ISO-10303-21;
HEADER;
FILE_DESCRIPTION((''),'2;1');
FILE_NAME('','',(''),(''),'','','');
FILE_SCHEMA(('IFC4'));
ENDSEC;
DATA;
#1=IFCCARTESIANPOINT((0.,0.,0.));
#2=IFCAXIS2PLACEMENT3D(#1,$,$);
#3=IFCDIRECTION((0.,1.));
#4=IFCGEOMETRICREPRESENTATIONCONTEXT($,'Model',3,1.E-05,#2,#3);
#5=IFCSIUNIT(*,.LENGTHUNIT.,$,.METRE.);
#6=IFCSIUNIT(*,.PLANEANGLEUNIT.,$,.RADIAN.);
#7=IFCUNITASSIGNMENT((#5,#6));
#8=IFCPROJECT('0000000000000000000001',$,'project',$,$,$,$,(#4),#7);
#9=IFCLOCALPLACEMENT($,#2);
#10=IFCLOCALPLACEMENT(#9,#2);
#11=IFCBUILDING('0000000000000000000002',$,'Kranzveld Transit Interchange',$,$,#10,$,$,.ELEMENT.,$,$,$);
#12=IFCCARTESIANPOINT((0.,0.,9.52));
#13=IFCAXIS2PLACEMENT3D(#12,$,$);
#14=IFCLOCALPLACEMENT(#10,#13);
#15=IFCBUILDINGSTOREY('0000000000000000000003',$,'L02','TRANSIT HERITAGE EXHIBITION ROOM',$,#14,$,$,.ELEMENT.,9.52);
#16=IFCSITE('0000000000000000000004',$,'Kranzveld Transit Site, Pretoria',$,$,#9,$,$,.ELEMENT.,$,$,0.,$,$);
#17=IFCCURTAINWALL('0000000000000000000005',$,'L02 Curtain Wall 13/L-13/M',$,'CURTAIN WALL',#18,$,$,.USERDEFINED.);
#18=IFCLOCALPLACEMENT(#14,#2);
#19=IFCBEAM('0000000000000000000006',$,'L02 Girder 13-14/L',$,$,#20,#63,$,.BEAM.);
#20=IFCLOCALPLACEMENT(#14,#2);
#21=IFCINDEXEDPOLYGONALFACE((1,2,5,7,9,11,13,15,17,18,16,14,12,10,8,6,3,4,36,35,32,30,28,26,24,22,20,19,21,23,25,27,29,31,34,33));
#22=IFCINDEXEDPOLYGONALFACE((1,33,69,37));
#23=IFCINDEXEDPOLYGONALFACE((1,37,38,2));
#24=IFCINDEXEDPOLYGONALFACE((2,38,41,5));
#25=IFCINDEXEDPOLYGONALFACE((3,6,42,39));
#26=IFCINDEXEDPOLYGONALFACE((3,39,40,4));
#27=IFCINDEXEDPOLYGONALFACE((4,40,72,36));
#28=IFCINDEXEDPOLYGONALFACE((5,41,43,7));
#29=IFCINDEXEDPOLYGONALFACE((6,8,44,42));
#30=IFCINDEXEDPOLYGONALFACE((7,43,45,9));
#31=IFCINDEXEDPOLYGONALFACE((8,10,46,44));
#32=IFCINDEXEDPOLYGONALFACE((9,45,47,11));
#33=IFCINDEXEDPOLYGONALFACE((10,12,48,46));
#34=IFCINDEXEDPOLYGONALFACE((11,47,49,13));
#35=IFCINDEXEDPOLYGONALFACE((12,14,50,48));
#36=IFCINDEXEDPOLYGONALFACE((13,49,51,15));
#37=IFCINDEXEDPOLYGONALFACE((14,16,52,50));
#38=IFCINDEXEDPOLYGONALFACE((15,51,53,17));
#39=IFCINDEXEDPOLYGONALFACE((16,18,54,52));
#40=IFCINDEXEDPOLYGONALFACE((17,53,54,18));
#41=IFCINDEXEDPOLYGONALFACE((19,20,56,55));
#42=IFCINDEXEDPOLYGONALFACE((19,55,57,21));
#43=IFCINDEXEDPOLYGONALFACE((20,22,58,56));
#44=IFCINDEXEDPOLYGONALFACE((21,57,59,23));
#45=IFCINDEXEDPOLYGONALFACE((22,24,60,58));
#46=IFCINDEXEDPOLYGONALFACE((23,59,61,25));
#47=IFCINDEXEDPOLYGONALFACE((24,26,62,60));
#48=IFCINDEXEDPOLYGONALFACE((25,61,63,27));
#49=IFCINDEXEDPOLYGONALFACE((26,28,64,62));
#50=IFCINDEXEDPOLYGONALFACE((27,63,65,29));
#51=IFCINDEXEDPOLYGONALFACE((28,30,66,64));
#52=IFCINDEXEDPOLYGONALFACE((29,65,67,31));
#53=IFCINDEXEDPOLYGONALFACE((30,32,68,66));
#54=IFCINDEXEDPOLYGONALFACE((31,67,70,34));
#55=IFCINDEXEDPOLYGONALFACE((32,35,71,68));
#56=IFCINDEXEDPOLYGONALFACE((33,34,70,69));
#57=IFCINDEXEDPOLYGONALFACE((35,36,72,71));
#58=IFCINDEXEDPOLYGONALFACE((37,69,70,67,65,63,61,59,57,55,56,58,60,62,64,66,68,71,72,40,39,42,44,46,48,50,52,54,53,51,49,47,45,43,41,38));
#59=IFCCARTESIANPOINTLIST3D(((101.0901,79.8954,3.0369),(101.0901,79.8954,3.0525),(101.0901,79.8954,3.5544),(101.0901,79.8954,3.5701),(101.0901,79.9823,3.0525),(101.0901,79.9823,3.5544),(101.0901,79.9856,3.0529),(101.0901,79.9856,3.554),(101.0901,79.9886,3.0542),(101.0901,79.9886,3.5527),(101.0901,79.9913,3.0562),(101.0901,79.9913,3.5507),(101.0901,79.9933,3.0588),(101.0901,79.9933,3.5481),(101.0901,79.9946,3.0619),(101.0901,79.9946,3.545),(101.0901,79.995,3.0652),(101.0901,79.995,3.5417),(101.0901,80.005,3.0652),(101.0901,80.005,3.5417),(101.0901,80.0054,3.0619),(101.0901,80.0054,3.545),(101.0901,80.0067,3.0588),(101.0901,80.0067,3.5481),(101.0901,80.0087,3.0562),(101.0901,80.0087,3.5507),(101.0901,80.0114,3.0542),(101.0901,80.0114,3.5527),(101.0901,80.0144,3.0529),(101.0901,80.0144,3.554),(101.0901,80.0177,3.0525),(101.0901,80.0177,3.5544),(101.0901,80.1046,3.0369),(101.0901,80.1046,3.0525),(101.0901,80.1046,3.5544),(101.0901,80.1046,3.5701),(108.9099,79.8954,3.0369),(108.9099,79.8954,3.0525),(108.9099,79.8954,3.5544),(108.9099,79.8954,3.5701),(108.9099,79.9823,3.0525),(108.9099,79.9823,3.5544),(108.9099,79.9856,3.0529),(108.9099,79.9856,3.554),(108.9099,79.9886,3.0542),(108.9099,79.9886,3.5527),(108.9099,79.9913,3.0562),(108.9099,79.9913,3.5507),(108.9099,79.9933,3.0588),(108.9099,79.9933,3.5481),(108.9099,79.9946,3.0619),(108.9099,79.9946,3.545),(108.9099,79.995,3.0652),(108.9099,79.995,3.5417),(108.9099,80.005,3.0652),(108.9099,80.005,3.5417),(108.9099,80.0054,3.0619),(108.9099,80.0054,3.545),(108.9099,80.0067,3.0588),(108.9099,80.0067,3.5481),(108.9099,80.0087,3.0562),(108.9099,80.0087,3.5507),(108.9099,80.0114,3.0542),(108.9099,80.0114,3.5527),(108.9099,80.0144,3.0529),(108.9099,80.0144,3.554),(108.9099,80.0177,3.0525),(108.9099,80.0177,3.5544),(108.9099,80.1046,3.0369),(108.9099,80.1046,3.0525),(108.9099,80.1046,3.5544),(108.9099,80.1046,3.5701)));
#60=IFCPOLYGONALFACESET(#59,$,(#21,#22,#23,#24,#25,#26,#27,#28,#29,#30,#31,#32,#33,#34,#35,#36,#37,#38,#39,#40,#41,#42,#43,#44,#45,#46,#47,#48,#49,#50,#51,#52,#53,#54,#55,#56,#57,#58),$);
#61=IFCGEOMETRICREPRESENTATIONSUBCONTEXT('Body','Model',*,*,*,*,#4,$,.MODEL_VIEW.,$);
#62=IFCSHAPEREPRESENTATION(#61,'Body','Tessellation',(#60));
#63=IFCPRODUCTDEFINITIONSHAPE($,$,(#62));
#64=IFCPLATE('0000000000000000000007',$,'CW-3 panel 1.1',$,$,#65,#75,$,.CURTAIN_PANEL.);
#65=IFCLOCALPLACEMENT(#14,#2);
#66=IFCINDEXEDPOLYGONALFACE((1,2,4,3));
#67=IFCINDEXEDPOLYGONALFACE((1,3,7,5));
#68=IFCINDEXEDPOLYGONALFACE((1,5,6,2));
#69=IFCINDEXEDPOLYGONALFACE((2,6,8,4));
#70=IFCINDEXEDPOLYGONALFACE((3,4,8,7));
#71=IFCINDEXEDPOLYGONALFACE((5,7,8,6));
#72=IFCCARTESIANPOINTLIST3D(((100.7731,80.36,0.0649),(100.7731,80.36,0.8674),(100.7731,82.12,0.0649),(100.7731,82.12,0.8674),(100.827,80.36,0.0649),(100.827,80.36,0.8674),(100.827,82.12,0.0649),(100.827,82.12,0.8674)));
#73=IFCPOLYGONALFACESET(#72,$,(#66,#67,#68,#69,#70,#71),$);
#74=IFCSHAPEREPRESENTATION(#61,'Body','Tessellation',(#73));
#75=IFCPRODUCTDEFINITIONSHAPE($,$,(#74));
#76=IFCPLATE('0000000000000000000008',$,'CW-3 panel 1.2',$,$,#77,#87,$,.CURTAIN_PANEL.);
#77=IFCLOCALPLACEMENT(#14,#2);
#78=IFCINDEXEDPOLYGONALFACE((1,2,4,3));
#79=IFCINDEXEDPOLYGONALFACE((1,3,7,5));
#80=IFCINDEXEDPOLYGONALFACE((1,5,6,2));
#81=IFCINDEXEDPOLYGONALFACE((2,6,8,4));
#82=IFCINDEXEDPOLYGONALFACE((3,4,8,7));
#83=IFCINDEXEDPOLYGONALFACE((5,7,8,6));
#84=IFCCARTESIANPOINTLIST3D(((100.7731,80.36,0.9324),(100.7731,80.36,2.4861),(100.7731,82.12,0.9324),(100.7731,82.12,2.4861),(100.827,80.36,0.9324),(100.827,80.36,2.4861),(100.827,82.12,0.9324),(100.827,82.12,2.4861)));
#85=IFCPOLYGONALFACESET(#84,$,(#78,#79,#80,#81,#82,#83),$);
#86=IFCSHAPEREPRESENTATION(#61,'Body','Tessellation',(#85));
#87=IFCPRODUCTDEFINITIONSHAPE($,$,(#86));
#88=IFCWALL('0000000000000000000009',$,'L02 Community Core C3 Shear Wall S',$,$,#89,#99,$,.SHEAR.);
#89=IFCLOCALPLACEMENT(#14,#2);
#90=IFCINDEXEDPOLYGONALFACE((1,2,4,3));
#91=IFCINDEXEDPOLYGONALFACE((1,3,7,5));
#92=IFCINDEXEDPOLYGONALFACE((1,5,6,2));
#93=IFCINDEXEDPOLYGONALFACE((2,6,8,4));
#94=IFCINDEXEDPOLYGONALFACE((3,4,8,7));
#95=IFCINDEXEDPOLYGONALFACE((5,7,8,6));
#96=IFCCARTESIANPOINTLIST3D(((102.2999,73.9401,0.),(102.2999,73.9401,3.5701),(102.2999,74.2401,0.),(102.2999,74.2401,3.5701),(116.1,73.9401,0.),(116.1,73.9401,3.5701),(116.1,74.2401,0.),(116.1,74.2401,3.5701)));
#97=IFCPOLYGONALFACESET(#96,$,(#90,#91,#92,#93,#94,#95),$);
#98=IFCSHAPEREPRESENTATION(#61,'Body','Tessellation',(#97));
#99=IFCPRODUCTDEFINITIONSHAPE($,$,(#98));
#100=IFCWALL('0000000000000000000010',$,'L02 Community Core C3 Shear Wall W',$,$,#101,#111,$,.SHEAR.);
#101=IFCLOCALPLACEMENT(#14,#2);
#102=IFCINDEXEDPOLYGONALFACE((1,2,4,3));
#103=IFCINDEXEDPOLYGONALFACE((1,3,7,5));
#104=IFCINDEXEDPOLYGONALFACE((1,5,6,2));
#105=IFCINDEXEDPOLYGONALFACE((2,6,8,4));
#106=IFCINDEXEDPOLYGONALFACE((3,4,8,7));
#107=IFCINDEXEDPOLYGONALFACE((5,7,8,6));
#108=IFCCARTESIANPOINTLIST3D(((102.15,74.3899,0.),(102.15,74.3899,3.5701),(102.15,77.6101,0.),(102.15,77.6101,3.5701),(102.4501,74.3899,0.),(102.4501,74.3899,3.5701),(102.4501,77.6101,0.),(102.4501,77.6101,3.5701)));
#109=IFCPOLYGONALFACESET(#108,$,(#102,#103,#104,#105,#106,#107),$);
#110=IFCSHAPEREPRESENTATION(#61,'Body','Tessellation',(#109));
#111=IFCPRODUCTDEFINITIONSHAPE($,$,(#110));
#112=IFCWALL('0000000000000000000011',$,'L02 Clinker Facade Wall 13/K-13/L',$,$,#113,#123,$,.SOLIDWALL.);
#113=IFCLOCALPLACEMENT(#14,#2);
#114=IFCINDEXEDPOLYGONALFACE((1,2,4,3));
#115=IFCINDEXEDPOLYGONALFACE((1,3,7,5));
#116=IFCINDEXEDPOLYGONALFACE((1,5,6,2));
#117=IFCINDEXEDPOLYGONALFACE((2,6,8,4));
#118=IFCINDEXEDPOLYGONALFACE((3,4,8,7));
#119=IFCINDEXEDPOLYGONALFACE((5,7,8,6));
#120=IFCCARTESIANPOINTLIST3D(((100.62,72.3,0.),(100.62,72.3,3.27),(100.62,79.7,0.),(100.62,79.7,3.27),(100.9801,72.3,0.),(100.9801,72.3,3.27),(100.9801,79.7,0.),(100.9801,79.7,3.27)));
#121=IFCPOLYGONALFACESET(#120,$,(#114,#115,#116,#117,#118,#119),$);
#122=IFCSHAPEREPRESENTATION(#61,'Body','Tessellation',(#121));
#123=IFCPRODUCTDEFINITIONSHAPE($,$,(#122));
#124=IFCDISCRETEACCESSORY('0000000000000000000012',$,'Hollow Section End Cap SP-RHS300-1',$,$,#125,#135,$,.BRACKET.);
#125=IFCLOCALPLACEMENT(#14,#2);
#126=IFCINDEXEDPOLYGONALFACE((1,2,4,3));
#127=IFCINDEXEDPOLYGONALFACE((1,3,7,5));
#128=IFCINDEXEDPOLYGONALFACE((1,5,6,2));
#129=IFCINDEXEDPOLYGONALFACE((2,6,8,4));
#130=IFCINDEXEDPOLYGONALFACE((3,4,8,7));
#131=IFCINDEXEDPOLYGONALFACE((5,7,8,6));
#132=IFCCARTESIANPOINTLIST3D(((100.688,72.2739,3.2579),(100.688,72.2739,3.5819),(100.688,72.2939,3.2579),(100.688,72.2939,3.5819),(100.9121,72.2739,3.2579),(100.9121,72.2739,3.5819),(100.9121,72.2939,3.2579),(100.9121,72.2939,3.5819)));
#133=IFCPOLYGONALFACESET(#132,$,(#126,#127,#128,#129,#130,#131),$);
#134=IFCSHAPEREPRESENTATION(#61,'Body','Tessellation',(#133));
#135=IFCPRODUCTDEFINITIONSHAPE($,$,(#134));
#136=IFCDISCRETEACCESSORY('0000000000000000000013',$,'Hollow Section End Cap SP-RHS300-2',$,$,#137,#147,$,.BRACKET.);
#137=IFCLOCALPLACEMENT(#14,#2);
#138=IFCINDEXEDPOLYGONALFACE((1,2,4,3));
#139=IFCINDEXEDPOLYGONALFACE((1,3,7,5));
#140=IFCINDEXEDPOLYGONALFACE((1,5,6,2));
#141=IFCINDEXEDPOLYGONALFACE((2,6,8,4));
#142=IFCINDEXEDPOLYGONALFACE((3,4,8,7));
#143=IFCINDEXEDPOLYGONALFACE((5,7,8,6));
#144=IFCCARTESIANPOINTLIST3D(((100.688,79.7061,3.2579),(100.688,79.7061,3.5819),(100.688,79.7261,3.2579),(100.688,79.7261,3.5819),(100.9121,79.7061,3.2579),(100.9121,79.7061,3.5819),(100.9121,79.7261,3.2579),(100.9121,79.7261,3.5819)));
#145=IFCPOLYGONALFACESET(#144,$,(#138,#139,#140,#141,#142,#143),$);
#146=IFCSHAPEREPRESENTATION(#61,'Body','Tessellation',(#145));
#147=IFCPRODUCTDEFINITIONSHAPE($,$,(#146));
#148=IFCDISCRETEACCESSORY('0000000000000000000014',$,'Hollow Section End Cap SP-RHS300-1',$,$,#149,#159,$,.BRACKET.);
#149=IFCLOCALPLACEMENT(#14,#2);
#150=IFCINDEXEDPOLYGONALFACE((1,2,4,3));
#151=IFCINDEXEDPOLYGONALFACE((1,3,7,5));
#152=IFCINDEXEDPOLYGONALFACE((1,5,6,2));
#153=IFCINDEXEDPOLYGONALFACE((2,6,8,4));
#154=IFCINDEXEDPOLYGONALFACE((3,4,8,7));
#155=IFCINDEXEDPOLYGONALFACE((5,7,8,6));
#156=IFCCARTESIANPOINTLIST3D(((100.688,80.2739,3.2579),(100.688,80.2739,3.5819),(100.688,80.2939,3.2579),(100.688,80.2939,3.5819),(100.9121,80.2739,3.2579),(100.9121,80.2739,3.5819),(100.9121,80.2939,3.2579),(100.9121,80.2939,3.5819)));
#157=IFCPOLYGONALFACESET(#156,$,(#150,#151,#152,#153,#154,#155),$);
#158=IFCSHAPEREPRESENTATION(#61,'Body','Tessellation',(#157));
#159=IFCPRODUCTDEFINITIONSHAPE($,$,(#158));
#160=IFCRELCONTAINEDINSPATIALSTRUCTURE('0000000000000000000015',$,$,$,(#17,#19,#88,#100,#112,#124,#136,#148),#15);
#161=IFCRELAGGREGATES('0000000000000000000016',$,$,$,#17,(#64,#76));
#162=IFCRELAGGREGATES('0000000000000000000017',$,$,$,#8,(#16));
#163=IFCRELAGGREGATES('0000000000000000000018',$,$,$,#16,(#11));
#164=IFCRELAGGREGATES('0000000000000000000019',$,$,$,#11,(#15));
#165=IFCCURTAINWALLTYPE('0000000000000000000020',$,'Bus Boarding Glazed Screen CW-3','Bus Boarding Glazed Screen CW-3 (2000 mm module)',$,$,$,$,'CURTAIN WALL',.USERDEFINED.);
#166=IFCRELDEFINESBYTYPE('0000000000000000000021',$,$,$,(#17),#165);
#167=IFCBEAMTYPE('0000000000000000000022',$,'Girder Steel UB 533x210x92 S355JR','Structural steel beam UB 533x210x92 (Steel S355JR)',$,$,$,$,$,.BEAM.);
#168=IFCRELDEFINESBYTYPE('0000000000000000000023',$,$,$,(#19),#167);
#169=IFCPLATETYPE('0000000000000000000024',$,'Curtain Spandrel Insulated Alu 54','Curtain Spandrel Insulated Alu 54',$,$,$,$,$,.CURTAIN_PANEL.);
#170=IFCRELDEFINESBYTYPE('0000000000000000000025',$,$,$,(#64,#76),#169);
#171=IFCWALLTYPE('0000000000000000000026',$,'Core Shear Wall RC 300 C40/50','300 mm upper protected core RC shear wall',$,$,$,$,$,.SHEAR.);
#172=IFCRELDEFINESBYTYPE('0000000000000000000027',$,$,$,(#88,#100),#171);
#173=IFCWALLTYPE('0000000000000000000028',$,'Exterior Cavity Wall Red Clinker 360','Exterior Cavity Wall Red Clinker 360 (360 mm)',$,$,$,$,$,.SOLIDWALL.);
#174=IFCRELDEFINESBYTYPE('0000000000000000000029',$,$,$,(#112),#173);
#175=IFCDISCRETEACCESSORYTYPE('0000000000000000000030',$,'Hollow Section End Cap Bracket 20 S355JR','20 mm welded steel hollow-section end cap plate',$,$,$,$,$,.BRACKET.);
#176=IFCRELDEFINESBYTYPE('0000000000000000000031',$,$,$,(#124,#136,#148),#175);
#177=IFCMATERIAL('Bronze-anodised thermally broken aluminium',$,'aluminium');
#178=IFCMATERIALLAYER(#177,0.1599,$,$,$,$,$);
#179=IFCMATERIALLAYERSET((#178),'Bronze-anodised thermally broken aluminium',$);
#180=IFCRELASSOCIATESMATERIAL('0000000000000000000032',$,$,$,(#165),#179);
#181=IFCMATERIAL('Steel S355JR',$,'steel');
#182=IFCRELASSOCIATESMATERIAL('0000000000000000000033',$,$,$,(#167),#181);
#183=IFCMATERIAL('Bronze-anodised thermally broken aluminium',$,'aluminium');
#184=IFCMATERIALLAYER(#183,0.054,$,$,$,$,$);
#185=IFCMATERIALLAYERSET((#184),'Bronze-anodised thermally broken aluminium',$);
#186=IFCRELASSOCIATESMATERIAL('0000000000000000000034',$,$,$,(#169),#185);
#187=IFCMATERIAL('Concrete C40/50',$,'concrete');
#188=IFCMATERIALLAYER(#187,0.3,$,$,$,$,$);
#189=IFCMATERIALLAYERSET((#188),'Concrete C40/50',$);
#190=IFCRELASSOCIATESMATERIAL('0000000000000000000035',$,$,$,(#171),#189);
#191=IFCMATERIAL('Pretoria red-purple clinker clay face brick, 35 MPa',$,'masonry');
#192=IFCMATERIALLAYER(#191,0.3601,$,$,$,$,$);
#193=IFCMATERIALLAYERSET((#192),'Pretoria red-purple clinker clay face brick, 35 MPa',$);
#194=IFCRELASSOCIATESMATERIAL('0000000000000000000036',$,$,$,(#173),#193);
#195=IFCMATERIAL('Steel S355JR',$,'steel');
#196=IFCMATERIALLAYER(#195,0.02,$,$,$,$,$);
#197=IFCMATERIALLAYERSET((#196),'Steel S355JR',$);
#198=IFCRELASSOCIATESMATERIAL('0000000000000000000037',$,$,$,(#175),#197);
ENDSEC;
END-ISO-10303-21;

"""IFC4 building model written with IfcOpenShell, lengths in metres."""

from ifc_helpers import new_model, si_unit, direction, frame, frame_2d, origin, origin_2d, place, context, subcontext, project, spatial, rectangle, i_section, extrude, material, layer, layer_set, material_profile, profile_set, type_object, element, aggregate, save


model = new_model("IFC4")

# Units and contexts
model_context = context("Model", 3, precision=1e-05, world=origin(), true_north=direction((0.0, 1.0)))
body_context = subcontext(model_context, "Body", "Model", "MODEL_VIEW")
ifc_project = project(units=[si_unit("LENGTHUNIT", "METRE"), si_unit("PLANEANGLEUNIT", "RADIAN")], contexts=[model_context])

# Site, building, storey
site_placement = place(None, origin())
site = spatial("IfcSite", under=ifc_project, at=site_placement, Name="Kranzveld Transit Site, Pretoria", CompositionType="ELEMENT", RefElevation=0.0)
building_placement = place(site_placement, origin())
building = spatial("IfcBuilding", under=site, at=building_placement, Name="Kranzveld Transit Interchange", CompositionType="ELEMENT")
storey_placement = place(building_placement, frame((0.0, 0.0, 9.52)))
storey = spatial("IfcBuildingStorey", under=building, at=storey_placement, Name="L02", Description="TRANSIT HERITAGE EXHIBITION ROOM", CompositionType="ELEMENT", Elevation=9.52)

# Curtain wall
ifc_material_1 = material(Name="Bronze-anodised thermally broken aluminium", Category="aluminium")
ifc_layer_1 = layer(ifc_material_1, 0.1599)
ifc_layer_set_1 = layer_set([ifc_layer_1], Name="Bronze-anodised thermally broken aluminium")
curtain_wall_type = type_object("IfcCurtainWallType", Name="Bus Boarding Glazed Screen CW-3", Description="Bus Boarding Glazed Screen CW-3 (2000 mm module)", ElementType="CURTAIN WALL", PredefinedType="USERDEFINED", material=ifc_layer_set_1)
curtain_wall_placement = place(storey_placement, origin())
curtain_wall = element("IfcCurtainWall", 1, at=curtain_wall_placement, inside=storey, type_object=curtain_wall_type, Name="L02 Curtain Wall 13/L-13/M", ObjectType="CURTAIN WALL", PredefinedType="USERDEFINED")

# Beam
ifc_material_2 = material(Name="Steel S355JR", Category="steel")
ifc_material_profile_1 = material_profile(ifc_material_2, i_section(OverallWidth=0.2092, OverallDepth=0.5332, WebThickness=0.01, FlangeThickness=0.0156, FilletRadius=0.0127, at=origin_2d()), Name="UB 533x210x92")
ifc_profile_set_1 = profile_set([ifc_material_profile_1], Name="Steel S355JR")
beam_type_1 = type_object("IfcBeamType", Name="Girder Steel UB 533x210x92 S355JR", Description="Structural steel beam UB 533x210x92 (Steel S355JR)", PredefinedType="BEAM", material=ifc_profile_set_1)
beam_1_placement = place(storey_placement, frame((101.0901, 80.0, 3.3035), z_axis=(1.0, 0.0, 0.0), x_axis=(0.0, 1.0, 0.0)))
element("IfcBeam", 2, at=beam_1_placement, inside=storey, type_object=beam_type_1, Name="L02 Girder 13-14/L", PredefinedType="BEAM", context=body_context, shape_type="SweptSolid", body=[
    extrude(i_section(OverallWidth=0.2092, OverallDepth=0.5332, WebThickness=0.01, FlangeThickness=0.0156, FilletRadius=0.0127, at=origin_2d()), origin(), (0.0, 0.0, 1.0), 7.8198),
])

# Plates
ifc_material_3 = material(Name="Bronze-anodised thermally broken aluminium", Category="aluminium")
ifc_layer_2 = layer(ifc_material_3, 0.054)
ifc_layer_set_2 = layer_set([ifc_layer_2], Name="Bronze-anodised thermally broken aluminium")
plate_type = type_object("IfcPlateType", Name="Curtain Spandrel Insulated Alu 54", Description="Curtain Spandrel Insulated Alu 54", PredefinedType="CURTAIN_PANEL", material=ifc_layer_set_2)
plate_1_placement = place(storey_placement, frame((100.8, 81.24, 0.0649), z_axis=(0.0, 0.0, 1.0), x_axis=(0.0, 1.0, 0.0)))
plate_1 = element("IfcPlate", 3, at=plate_1_placement, type_object=plate_type, Name="CW-3 panel 1.1", PredefinedType="CURTAIN_PANEL", context=body_context, shape_type="SweptSolid", body=[
    extrude(rectangle(XDim=1.76, YDim=0.054, at=origin_2d()), origin(), (0.0, 0.0, 1.0), 0.8025),
])
plate_2_placement = place(storey_placement, frame((100.8, 81.24, 0.9324), z_axis=(0.0, 0.0, 1.0), x_axis=(0.0, 1.0, 0.0)))
plate_2 = element("IfcPlate", 4, at=plate_2_placement, type_object=plate_type, Name="CW-3 panel 1.2", PredefinedType="CURTAIN_PANEL", context=body_context, shape_type="SweptSolid", body=[
    extrude(rectangle(XDim=1.76, YDim=0.054, at=origin_2d()), origin(), (0.0, 0.0, 1.0), 1.5537),
])
aggregate(curtain_wall, [plate_1, plate_2])

# Wall
ifc_material_4 = material(Name="Concrete C40/50", Category="concrete")
ifc_layer_3 = layer(ifc_material_4, 0.3)
ifc_layer_set_3 = layer_set([ifc_layer_3], Name="Concrete C40/50")
wall_type_1 = type_object("IfcWallType", Name="Core Shear Wall RC 300 C40/50", Description="300 mm upper protected core RC shear wall", PredefinedType="SHEAR", material=ifc_layer_set_3)
wall_1_placement = place(storey_placement, frame((102.3, 74.0901, 0.0), z_axis=(0.0, 0.0, 1.0), x_axis=(1.0, 0.0, 0.0)))
element("IfcWall", 5, at=wall_1_placement, inside=storey, type_object=wall_type_1, Name="L02 Community Core C3 Shear Wall S", PredefinedType="SHEAR", context=body_context, shape_type="SweptSolid", body=[
    extrude(rectangle(XDim=13.8, YDim=0.3, at=frame_2d((6.8999, 0.0))), origin(), (0.0, 0.0, 1.0), 3.5701),
])

# Walls
wall_2_placement = place(storey_placement, frame((102.3, 74.3899, 0.0), z_axis=(0.0, 0.0, 1.0), x_axis=(0.0, 1.0, 0.0)))
element("IfcWall", 6, at=wall_2_placement, inside=storey, type_object=wall_type_1, Name="L02 Community Core C3 Shear Wall W", PredefinedType="SHEAR", context=body_context, shape_type="SweptSolid", body=[
    extrude(rectangle(XDim=3.2202, YDim=0.3, at=frame_2d((1.6101, 0.0))), origin(), (0.0, 0.0, 1.0), 3.5701),
])
ifc_material_5 = material(Name="Pretoria red-purple clinker clay face brick, 35 MPa", Category="masonry")
ifc_layer_4 = layer(ifc_material_5, 0.3601)
ifc_layer_set_4 = layer_set([ifc_layer_4], Name="Pretoria red-purple clinker clay face brick, 35 MPa")
wall_type_2 = type_object("IfcWallType", Name="Exterior Cavity Wall Red Clinker 360", Description="Exterior Cavity Wall Red Clinker 360 (360 mm)", PredefinedType="SOLIDWALL", material=ifc_layer_set_4)
wall_3_placement = place(storey_placement, frame((100.8, 72.3, 0.0), z_axis=(0.0, 0.0, 1.0), x_axis=(0.0, 1.0, 0.0)))
element("IfcWall", 7, at=wall_3_placement, inside=storey, type_object=wall_type_2, Name="L02 Clinker Facade Wall 13/K-13/L", PredefinedType="SOLIDWALL", context=body_context, shape_type="SweptSolid", body=[
    extrude(rectangle(XDim=7.3999, YDim=0.3601, at=frame_2d((3.7, 0.0))), origin(), (0.0, 0.0, 1.0), 3.27),
])

# Discrete accessories
ifc_material_6 = material(Name="Steel S355JR", Category="steel")
ifc_layer_5 = layer(ifc_material_6, 0.02)
ifc_layer_set_5 = layer_set([ifc_layer_5], Name="Steel S355JR")
discrete_accessory_type = type_object("IfcDiscreteAccessoryType", Name="Hollow Section End Cap Bracket 20 S355JR", Description="20 mm welded steel hollow-section end cap plate", PredefinedType="BRACKET", material=ifc_layer_set_5)
for number, where, z_axis, x_axis, name in (
    (8, (100.8, 72.2939, 3.4199), (0.0, -1.0, 0.0), (1.0, 0.0, 0.0), "Hollow Section End Cap SP-RHS300-1"),
    (9, (100.8, 79.7061, 3.4199), (0.0, 1.0, 0.0), (-1.0, 0.0, 0.0), "Hollow Section End Cap SP-RHS300-2"),
    (10, (100.8, 80.2939, 3.4199), (0.0, -1.0, 0.0), (1.0, 0.0, 0.0), "Hollow Section End Cap SP-RHS300-1"),
):
    element("IfcDiscreteAccessory", number, at=place(storey_placement, frame(where, z_axis=z_axis, x_axis=x_axis)), inside=storey, type_object=discrete_accessory_type, Name=name, PredefinedType="BRACKET", context=body_context, shape_type="SweptSolid", body=[
        extrude(rectangle(XDim=0.2241, YDim=0.324, at=origin_2d()), origin(), (0.0, 0.0, 1.0), 0.02),
    ])

save(model, "model.ifc")
